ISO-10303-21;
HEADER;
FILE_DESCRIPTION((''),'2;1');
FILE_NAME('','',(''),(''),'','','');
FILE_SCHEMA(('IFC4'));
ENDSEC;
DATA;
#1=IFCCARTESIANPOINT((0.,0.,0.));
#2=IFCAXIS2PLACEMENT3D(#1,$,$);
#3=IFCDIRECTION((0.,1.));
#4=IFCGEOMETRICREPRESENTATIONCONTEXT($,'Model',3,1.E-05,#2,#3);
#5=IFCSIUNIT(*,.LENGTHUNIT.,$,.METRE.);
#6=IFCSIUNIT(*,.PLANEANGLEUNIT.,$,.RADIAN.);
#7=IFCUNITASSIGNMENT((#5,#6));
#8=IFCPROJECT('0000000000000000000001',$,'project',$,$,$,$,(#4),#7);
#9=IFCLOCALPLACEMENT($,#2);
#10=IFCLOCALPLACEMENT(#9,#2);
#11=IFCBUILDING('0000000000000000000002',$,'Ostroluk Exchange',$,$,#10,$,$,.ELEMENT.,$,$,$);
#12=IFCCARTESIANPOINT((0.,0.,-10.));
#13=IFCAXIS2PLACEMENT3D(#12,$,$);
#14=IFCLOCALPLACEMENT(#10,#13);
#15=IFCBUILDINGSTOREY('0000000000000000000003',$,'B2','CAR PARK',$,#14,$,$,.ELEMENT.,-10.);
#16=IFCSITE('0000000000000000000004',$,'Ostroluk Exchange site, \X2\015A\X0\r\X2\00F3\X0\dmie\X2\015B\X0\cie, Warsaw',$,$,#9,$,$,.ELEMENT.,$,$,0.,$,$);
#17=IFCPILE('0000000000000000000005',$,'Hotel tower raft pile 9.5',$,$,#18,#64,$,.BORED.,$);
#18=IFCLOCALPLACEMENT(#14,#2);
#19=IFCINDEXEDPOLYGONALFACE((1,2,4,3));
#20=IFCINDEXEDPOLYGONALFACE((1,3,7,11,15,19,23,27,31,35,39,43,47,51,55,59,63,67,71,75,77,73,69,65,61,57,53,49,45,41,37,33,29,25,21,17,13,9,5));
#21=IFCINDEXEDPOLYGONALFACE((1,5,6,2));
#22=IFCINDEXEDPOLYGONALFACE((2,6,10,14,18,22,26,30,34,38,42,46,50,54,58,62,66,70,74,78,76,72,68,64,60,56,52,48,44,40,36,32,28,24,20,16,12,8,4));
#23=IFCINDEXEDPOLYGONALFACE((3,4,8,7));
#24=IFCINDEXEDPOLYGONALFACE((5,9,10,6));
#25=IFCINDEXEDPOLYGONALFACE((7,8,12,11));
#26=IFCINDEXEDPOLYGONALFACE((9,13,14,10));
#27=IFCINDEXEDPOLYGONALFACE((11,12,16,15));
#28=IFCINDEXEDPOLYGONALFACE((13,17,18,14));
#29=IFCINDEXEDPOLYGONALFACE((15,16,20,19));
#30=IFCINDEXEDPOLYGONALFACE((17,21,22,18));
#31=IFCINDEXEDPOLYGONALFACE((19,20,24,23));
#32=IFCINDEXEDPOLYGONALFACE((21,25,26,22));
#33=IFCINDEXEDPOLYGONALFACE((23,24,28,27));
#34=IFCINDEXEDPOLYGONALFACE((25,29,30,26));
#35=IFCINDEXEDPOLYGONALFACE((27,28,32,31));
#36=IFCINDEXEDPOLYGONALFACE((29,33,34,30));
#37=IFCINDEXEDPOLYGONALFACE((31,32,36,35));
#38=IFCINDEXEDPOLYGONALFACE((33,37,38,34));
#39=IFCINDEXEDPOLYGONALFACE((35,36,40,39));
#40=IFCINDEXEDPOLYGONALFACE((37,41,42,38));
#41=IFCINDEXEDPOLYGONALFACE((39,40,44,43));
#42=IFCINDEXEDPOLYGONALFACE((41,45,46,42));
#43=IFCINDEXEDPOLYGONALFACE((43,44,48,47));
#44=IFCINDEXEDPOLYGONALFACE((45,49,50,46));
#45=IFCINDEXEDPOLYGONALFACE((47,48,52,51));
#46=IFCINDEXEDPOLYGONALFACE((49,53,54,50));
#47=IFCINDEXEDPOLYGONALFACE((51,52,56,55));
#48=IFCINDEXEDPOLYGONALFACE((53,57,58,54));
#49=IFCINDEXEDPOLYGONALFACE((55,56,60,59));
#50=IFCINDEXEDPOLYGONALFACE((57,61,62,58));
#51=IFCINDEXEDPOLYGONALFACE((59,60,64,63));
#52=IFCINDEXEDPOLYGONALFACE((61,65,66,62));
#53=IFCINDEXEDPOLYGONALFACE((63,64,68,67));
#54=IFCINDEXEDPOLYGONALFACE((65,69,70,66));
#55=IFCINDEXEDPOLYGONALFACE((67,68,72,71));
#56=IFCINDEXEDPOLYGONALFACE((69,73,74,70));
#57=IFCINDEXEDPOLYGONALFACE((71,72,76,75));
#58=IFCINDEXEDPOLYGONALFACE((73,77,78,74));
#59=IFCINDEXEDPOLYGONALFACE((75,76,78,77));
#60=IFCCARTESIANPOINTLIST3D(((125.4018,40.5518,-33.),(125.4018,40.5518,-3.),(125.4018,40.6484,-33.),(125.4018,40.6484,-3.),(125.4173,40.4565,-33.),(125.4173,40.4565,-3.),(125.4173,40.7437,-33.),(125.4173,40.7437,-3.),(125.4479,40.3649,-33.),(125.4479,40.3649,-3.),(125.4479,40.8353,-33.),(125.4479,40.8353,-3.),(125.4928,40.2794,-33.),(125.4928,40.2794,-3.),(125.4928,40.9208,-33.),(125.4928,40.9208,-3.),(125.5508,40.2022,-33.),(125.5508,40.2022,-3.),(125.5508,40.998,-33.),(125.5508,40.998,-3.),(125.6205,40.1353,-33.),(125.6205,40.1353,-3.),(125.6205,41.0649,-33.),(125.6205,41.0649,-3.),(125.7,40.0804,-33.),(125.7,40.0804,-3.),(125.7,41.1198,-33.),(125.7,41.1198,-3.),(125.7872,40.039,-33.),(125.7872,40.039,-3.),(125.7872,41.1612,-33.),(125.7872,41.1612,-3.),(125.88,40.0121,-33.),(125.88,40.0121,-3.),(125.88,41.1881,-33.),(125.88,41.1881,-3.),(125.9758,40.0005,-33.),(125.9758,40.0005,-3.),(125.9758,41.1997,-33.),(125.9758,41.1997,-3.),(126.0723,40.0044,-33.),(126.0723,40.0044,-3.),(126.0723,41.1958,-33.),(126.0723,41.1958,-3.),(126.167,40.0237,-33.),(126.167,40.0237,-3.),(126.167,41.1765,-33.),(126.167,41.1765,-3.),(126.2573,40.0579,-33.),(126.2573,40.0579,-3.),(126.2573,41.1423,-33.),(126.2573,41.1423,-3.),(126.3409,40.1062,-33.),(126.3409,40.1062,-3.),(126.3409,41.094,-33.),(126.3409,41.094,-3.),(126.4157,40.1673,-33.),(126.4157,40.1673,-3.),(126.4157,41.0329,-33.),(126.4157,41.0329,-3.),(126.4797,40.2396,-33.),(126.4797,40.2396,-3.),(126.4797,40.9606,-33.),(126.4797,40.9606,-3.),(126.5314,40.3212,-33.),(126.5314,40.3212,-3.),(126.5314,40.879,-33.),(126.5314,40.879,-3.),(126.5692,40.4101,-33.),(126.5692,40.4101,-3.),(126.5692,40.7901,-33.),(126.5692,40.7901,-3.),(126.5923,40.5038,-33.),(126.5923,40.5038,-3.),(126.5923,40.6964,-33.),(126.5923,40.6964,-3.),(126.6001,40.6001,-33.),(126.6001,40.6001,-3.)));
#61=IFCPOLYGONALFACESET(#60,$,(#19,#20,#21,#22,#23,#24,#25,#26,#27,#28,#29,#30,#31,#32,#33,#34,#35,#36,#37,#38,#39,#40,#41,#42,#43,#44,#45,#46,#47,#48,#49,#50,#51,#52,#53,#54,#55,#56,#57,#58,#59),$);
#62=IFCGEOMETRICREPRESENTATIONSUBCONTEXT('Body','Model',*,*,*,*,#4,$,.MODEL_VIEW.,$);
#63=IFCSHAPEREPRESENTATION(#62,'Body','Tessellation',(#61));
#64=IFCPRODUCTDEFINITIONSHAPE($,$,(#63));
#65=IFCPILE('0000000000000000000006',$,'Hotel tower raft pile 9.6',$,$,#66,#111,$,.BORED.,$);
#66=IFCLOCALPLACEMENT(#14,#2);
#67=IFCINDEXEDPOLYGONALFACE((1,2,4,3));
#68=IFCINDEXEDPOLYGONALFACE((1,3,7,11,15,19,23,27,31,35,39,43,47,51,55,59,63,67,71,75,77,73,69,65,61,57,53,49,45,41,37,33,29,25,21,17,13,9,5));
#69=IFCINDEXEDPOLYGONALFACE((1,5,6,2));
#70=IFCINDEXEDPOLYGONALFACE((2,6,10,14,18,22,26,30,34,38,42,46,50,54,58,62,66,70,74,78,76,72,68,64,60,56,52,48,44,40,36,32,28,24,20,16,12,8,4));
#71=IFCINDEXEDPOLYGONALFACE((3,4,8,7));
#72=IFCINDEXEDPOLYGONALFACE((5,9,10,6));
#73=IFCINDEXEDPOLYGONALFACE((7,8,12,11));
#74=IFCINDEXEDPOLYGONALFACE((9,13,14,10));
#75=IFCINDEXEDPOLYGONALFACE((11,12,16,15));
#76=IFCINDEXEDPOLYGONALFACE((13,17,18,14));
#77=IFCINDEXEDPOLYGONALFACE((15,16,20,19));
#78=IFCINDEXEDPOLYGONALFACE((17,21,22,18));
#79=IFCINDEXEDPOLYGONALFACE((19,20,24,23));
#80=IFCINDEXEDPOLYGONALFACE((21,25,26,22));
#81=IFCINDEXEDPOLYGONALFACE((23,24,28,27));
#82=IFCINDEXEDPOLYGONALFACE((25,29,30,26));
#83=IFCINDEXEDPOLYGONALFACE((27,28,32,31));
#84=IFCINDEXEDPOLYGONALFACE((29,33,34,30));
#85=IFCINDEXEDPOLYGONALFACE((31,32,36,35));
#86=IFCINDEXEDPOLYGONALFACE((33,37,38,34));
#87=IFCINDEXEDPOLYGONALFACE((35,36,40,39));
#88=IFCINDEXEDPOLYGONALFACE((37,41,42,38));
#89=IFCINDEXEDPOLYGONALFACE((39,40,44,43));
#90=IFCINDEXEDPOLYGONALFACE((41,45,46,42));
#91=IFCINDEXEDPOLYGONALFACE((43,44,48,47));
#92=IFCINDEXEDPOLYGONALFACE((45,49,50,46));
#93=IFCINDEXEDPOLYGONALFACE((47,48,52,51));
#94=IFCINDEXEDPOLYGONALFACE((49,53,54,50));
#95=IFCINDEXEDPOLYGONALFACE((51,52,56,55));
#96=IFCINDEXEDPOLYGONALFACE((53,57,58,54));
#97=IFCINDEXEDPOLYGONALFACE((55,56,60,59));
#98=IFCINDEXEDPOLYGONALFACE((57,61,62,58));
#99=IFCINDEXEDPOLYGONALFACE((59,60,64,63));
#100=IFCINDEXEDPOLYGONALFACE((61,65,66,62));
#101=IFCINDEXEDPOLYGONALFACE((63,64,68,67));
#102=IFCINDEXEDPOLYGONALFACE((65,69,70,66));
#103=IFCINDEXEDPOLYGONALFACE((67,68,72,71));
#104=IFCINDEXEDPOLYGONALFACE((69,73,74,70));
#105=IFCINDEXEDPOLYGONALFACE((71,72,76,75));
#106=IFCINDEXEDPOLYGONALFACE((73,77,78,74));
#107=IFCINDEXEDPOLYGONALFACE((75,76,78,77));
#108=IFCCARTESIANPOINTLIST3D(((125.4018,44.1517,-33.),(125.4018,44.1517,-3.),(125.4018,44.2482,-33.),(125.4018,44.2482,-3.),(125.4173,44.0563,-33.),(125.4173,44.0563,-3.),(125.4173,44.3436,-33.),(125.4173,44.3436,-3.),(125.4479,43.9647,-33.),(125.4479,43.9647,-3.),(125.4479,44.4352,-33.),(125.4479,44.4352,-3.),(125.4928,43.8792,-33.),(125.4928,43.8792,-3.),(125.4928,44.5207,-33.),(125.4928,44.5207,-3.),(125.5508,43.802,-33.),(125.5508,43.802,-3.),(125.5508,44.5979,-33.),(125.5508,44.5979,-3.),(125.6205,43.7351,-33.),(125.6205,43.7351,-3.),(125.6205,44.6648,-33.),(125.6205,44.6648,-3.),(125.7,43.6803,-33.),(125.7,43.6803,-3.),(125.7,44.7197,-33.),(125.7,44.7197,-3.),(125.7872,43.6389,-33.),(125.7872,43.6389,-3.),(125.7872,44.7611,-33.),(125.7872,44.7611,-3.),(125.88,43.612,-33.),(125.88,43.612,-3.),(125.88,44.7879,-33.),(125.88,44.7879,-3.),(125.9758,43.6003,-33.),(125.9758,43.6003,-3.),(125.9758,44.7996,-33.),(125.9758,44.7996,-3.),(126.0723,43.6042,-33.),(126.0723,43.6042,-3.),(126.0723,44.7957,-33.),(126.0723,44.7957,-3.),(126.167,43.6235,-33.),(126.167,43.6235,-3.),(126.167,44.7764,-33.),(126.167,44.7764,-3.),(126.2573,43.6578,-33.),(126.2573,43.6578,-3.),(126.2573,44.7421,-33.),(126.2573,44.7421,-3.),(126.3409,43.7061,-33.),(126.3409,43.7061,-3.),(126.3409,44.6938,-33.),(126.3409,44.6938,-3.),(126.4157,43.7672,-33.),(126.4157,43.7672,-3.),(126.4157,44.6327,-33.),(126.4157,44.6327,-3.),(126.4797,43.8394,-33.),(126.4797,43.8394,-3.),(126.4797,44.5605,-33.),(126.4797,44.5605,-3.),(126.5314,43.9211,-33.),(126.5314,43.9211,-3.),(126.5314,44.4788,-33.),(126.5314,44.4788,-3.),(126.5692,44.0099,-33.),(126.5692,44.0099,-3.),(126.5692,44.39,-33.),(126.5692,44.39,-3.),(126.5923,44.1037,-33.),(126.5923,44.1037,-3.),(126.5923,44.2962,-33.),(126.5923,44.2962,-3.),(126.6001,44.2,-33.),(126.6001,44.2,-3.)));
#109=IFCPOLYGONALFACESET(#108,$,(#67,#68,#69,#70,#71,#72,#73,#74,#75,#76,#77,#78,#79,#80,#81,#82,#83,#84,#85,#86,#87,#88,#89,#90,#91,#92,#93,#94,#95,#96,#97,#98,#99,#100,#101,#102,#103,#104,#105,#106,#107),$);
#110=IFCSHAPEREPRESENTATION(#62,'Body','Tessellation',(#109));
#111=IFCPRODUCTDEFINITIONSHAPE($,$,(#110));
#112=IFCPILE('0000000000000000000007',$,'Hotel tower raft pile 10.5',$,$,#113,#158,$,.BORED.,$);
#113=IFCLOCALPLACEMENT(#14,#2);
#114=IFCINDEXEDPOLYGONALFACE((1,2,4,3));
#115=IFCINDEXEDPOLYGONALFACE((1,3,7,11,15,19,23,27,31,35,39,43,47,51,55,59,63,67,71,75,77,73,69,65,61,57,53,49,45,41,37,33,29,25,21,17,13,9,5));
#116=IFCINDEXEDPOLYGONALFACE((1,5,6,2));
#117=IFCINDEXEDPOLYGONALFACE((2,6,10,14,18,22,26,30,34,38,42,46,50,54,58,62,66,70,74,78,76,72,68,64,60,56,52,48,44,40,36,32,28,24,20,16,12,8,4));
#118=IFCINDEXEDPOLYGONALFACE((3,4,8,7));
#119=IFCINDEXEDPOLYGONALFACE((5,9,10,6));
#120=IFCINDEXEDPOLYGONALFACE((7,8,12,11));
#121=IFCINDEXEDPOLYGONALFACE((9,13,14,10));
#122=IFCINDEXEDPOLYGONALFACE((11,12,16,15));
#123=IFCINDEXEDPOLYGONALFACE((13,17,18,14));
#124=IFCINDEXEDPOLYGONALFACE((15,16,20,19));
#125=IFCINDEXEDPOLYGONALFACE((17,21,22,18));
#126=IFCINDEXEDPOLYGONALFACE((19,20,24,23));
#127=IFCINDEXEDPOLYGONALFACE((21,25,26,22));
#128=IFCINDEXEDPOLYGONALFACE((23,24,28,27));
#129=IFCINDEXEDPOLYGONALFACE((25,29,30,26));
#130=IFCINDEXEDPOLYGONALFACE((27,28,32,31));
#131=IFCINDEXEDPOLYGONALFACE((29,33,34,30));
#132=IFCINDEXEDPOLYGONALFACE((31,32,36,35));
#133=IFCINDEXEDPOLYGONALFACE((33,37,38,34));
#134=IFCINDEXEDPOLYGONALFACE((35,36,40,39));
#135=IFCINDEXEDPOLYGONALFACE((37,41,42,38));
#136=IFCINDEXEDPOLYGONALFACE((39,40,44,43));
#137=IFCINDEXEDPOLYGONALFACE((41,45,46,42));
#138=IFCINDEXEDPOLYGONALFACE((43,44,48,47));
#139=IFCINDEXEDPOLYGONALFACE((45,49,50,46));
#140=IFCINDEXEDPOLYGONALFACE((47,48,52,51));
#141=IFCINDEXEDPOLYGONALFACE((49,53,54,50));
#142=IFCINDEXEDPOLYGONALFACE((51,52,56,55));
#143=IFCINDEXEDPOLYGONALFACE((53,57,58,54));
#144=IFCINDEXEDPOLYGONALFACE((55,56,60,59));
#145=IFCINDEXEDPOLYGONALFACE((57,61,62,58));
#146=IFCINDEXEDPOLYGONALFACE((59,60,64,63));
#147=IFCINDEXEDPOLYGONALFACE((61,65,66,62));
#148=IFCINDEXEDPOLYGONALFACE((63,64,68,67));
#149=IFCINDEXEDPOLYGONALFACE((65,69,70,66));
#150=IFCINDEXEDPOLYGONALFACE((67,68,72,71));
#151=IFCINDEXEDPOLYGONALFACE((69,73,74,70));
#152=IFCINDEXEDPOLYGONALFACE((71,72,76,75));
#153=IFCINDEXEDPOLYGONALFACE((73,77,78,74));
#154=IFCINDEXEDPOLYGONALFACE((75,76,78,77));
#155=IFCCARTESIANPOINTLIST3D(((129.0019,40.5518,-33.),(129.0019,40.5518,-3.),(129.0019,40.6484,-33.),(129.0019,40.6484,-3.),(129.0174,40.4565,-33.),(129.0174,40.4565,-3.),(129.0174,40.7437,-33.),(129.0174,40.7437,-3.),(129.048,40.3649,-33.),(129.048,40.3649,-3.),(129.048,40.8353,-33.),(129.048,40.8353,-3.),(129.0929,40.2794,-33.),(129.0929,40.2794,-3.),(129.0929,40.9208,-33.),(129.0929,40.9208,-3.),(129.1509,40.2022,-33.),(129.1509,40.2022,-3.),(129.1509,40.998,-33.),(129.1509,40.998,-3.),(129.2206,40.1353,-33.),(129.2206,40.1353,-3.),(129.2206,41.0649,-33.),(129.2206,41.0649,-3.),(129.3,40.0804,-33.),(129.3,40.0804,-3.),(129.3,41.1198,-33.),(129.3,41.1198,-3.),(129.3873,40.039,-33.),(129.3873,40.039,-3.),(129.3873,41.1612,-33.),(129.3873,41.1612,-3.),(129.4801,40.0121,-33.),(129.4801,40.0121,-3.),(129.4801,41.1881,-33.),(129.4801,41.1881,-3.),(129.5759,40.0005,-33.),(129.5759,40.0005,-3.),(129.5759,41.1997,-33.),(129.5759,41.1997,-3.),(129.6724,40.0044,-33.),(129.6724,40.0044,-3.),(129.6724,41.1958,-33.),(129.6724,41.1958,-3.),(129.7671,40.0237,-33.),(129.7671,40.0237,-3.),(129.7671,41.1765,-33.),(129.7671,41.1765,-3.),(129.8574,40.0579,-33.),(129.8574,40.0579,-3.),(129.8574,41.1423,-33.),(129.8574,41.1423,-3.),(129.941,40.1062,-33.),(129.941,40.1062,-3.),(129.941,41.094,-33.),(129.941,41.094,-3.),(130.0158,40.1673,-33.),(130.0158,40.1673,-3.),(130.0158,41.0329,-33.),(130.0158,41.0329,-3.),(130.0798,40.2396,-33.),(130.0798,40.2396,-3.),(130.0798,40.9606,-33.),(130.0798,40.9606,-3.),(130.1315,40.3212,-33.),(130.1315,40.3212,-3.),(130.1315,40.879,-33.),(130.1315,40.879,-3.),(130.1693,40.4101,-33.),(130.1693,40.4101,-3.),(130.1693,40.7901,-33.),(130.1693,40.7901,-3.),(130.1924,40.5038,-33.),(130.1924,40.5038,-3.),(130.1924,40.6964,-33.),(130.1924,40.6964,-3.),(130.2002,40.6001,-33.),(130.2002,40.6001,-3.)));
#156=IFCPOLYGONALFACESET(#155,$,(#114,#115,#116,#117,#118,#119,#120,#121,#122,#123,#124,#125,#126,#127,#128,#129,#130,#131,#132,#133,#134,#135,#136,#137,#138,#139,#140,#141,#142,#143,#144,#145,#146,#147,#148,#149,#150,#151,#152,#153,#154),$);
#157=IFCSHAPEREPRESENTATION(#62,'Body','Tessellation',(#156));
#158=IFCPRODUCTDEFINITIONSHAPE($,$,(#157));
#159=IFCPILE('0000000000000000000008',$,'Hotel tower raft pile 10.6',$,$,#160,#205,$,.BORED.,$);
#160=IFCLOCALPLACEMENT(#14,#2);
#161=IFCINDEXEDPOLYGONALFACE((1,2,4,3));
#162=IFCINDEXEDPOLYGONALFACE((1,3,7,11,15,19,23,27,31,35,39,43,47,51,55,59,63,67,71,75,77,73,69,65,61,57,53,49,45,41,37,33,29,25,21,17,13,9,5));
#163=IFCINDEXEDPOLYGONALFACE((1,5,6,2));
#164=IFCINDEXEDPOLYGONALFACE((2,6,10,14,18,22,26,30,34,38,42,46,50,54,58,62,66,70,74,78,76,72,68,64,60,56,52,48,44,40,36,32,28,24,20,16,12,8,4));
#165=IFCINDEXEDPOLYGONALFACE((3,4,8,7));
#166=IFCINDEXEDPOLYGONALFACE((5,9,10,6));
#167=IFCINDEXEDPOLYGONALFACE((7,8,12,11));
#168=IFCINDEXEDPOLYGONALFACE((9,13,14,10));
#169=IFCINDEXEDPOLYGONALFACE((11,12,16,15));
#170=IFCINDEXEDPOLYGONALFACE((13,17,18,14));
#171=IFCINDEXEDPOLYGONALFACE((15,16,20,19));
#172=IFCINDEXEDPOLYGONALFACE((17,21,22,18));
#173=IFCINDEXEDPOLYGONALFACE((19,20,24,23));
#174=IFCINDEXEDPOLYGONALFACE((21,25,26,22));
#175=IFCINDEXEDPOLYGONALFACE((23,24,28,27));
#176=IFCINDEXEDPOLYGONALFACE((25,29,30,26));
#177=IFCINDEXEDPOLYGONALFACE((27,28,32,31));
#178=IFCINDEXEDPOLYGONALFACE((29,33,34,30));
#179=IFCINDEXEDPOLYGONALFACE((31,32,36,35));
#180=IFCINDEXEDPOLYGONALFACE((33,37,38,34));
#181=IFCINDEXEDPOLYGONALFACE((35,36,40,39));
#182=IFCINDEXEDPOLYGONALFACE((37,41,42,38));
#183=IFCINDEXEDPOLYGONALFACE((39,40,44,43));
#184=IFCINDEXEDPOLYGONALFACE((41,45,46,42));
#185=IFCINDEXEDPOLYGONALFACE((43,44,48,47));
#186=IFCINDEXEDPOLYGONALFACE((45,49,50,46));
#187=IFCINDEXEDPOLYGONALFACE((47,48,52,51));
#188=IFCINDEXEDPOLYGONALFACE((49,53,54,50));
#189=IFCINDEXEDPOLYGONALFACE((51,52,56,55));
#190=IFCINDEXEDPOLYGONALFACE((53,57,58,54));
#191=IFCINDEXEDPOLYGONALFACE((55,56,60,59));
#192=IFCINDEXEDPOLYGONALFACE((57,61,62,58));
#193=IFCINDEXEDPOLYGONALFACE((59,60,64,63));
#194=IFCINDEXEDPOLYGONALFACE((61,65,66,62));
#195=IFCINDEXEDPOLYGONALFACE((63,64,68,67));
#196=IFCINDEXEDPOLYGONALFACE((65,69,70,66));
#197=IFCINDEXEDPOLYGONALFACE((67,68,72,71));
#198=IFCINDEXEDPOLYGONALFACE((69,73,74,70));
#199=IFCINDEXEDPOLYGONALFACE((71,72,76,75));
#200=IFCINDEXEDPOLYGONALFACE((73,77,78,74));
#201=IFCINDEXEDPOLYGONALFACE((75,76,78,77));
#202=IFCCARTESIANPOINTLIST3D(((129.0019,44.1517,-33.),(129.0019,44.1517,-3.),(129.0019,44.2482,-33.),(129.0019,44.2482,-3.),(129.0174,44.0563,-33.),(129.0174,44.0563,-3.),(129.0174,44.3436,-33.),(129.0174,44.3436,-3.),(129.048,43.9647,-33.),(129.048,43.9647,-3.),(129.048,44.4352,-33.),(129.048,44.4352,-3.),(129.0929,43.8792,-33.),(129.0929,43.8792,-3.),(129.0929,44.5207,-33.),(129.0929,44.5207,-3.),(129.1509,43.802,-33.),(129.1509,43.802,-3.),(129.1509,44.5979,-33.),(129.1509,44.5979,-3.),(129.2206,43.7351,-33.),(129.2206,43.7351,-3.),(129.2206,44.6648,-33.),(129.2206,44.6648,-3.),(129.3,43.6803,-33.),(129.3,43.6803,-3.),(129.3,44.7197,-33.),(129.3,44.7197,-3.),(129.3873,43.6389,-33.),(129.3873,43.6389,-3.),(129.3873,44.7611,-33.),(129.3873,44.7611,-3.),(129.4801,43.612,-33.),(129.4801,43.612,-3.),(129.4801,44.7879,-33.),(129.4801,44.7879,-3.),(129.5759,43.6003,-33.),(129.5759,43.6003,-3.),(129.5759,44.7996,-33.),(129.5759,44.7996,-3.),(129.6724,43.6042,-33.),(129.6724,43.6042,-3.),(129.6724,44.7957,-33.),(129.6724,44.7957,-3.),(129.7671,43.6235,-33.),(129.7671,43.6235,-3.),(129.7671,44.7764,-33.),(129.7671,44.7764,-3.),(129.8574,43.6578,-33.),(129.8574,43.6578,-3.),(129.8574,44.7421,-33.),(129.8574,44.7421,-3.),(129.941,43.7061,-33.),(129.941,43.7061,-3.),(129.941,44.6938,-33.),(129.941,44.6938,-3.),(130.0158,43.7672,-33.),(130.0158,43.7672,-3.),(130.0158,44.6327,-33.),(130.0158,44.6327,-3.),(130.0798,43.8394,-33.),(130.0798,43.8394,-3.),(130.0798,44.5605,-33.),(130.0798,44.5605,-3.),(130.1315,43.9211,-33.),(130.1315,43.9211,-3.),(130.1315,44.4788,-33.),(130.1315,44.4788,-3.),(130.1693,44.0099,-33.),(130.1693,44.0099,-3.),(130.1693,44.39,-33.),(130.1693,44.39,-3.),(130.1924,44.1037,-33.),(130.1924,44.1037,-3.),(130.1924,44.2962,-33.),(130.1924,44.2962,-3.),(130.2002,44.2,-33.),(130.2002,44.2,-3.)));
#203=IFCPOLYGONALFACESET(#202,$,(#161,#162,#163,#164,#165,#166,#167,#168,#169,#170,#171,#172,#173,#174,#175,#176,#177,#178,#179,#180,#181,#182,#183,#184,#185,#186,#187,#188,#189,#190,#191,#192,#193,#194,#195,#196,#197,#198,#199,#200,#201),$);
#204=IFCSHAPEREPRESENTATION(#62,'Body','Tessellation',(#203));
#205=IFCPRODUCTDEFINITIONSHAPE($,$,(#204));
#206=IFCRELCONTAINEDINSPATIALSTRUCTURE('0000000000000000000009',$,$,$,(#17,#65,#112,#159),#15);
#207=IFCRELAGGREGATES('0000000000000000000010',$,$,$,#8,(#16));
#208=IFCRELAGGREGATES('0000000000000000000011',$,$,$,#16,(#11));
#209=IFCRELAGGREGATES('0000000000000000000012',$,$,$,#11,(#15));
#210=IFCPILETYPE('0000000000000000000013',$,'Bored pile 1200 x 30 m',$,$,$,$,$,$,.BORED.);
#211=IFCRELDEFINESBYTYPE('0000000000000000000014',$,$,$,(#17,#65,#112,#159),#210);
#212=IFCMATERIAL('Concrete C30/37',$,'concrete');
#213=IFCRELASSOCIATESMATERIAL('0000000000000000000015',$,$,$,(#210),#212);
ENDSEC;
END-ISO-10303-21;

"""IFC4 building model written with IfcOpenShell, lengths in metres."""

from ifc_helpers import new_model, si_unit, direction, frame, origin, origin_2d, place, context, subcontext, project, spatial, circle, extrude, material, type_object, element, save


model = new_model("IFC4")

# Units and contexts
model_context = context("Model", 3, precision=1e-05, world=origin(), true_north=direction((0.0, 1.0)))
body_context = subcontext(model_context, "Body", "Model", "MODEL_VIEW")
ifc_project = project(units=[si_unit("LENGTHUNIT", "METRE"), si_unit("PLANEANGLEUNIT", "RADIAN")], contexts=[model_context])

# Site, building, storey
site_placement = place(None, origin())
site = spatial("IfcSite", under=ifc_project, at=site_placement, Name="Ostroluk Exchange site, Śródmieście, Warsaw", CompositionType="ELEMENT", RefElevation=0.0)
building_placement = place(site_placement, origin())
building = spatial("IfcBuilding", under=site, at=building_placement, Name="Ostroluk Exchange", CompositionType="ELEMENT")
storey_placement = place(building_placement, frame((0.0, 0.0, -10.0)))
storey = spatial("IfcBuildingStorey", under=building, at=storey_placement, Name="B2", Description="CAR PARK", CompositionType="ELEMENT", Elevation=-10.0)

# Piles
ifc_material_1 = material(Name="Concrete C30/37", Category="concrete")
pile_type_1 = type_object("IfcPileType", Name="Bored pile 1200 x 30 m", PredefinedType="BORED", material=ifc_material_1)
for number, where, z_axis, x_axis, name in (
    (1, (126.0, 40.6001, -3.0), (0.0, 0.0, -1.0), (1.0, 0.0, 0.0), "Hotel tower raft pile 9.5"),
    (2, (126.0, 44.2, -3.0), (0.0, 0.0, -1.0), (1.0, 0.0, 0.0), "Hotel tower raft pile 9.6"),
    (3, (129.6001, 40.6001, -3.0), (0.0, 0.0, -1.0), (1.0, 0.0, 0.0), "Hotel tower raft pile 10.5"),
    (4, (129.6001, 44.2, -3.0), (0.0, 0.0, -1.0), (1.0, 0.0, 0.0), "Hotel tower raft pile 10.6"),
):
    element("IfcPile", number, at=place(storey_placement, frame(where, z_axis=z_axis, x_axis=x_axis)), inside=storey, type_object=pile_type_1, Name=name, PredefinedType="BORED", context=body_context, shape_type="SweptSolid", body=[
        extrude(circle(Radius=0.6001, at=origin_2d()), origin(), (0.0, 0.0, 1.0), 30.0),
    ])

save(model, "model.ifc")
